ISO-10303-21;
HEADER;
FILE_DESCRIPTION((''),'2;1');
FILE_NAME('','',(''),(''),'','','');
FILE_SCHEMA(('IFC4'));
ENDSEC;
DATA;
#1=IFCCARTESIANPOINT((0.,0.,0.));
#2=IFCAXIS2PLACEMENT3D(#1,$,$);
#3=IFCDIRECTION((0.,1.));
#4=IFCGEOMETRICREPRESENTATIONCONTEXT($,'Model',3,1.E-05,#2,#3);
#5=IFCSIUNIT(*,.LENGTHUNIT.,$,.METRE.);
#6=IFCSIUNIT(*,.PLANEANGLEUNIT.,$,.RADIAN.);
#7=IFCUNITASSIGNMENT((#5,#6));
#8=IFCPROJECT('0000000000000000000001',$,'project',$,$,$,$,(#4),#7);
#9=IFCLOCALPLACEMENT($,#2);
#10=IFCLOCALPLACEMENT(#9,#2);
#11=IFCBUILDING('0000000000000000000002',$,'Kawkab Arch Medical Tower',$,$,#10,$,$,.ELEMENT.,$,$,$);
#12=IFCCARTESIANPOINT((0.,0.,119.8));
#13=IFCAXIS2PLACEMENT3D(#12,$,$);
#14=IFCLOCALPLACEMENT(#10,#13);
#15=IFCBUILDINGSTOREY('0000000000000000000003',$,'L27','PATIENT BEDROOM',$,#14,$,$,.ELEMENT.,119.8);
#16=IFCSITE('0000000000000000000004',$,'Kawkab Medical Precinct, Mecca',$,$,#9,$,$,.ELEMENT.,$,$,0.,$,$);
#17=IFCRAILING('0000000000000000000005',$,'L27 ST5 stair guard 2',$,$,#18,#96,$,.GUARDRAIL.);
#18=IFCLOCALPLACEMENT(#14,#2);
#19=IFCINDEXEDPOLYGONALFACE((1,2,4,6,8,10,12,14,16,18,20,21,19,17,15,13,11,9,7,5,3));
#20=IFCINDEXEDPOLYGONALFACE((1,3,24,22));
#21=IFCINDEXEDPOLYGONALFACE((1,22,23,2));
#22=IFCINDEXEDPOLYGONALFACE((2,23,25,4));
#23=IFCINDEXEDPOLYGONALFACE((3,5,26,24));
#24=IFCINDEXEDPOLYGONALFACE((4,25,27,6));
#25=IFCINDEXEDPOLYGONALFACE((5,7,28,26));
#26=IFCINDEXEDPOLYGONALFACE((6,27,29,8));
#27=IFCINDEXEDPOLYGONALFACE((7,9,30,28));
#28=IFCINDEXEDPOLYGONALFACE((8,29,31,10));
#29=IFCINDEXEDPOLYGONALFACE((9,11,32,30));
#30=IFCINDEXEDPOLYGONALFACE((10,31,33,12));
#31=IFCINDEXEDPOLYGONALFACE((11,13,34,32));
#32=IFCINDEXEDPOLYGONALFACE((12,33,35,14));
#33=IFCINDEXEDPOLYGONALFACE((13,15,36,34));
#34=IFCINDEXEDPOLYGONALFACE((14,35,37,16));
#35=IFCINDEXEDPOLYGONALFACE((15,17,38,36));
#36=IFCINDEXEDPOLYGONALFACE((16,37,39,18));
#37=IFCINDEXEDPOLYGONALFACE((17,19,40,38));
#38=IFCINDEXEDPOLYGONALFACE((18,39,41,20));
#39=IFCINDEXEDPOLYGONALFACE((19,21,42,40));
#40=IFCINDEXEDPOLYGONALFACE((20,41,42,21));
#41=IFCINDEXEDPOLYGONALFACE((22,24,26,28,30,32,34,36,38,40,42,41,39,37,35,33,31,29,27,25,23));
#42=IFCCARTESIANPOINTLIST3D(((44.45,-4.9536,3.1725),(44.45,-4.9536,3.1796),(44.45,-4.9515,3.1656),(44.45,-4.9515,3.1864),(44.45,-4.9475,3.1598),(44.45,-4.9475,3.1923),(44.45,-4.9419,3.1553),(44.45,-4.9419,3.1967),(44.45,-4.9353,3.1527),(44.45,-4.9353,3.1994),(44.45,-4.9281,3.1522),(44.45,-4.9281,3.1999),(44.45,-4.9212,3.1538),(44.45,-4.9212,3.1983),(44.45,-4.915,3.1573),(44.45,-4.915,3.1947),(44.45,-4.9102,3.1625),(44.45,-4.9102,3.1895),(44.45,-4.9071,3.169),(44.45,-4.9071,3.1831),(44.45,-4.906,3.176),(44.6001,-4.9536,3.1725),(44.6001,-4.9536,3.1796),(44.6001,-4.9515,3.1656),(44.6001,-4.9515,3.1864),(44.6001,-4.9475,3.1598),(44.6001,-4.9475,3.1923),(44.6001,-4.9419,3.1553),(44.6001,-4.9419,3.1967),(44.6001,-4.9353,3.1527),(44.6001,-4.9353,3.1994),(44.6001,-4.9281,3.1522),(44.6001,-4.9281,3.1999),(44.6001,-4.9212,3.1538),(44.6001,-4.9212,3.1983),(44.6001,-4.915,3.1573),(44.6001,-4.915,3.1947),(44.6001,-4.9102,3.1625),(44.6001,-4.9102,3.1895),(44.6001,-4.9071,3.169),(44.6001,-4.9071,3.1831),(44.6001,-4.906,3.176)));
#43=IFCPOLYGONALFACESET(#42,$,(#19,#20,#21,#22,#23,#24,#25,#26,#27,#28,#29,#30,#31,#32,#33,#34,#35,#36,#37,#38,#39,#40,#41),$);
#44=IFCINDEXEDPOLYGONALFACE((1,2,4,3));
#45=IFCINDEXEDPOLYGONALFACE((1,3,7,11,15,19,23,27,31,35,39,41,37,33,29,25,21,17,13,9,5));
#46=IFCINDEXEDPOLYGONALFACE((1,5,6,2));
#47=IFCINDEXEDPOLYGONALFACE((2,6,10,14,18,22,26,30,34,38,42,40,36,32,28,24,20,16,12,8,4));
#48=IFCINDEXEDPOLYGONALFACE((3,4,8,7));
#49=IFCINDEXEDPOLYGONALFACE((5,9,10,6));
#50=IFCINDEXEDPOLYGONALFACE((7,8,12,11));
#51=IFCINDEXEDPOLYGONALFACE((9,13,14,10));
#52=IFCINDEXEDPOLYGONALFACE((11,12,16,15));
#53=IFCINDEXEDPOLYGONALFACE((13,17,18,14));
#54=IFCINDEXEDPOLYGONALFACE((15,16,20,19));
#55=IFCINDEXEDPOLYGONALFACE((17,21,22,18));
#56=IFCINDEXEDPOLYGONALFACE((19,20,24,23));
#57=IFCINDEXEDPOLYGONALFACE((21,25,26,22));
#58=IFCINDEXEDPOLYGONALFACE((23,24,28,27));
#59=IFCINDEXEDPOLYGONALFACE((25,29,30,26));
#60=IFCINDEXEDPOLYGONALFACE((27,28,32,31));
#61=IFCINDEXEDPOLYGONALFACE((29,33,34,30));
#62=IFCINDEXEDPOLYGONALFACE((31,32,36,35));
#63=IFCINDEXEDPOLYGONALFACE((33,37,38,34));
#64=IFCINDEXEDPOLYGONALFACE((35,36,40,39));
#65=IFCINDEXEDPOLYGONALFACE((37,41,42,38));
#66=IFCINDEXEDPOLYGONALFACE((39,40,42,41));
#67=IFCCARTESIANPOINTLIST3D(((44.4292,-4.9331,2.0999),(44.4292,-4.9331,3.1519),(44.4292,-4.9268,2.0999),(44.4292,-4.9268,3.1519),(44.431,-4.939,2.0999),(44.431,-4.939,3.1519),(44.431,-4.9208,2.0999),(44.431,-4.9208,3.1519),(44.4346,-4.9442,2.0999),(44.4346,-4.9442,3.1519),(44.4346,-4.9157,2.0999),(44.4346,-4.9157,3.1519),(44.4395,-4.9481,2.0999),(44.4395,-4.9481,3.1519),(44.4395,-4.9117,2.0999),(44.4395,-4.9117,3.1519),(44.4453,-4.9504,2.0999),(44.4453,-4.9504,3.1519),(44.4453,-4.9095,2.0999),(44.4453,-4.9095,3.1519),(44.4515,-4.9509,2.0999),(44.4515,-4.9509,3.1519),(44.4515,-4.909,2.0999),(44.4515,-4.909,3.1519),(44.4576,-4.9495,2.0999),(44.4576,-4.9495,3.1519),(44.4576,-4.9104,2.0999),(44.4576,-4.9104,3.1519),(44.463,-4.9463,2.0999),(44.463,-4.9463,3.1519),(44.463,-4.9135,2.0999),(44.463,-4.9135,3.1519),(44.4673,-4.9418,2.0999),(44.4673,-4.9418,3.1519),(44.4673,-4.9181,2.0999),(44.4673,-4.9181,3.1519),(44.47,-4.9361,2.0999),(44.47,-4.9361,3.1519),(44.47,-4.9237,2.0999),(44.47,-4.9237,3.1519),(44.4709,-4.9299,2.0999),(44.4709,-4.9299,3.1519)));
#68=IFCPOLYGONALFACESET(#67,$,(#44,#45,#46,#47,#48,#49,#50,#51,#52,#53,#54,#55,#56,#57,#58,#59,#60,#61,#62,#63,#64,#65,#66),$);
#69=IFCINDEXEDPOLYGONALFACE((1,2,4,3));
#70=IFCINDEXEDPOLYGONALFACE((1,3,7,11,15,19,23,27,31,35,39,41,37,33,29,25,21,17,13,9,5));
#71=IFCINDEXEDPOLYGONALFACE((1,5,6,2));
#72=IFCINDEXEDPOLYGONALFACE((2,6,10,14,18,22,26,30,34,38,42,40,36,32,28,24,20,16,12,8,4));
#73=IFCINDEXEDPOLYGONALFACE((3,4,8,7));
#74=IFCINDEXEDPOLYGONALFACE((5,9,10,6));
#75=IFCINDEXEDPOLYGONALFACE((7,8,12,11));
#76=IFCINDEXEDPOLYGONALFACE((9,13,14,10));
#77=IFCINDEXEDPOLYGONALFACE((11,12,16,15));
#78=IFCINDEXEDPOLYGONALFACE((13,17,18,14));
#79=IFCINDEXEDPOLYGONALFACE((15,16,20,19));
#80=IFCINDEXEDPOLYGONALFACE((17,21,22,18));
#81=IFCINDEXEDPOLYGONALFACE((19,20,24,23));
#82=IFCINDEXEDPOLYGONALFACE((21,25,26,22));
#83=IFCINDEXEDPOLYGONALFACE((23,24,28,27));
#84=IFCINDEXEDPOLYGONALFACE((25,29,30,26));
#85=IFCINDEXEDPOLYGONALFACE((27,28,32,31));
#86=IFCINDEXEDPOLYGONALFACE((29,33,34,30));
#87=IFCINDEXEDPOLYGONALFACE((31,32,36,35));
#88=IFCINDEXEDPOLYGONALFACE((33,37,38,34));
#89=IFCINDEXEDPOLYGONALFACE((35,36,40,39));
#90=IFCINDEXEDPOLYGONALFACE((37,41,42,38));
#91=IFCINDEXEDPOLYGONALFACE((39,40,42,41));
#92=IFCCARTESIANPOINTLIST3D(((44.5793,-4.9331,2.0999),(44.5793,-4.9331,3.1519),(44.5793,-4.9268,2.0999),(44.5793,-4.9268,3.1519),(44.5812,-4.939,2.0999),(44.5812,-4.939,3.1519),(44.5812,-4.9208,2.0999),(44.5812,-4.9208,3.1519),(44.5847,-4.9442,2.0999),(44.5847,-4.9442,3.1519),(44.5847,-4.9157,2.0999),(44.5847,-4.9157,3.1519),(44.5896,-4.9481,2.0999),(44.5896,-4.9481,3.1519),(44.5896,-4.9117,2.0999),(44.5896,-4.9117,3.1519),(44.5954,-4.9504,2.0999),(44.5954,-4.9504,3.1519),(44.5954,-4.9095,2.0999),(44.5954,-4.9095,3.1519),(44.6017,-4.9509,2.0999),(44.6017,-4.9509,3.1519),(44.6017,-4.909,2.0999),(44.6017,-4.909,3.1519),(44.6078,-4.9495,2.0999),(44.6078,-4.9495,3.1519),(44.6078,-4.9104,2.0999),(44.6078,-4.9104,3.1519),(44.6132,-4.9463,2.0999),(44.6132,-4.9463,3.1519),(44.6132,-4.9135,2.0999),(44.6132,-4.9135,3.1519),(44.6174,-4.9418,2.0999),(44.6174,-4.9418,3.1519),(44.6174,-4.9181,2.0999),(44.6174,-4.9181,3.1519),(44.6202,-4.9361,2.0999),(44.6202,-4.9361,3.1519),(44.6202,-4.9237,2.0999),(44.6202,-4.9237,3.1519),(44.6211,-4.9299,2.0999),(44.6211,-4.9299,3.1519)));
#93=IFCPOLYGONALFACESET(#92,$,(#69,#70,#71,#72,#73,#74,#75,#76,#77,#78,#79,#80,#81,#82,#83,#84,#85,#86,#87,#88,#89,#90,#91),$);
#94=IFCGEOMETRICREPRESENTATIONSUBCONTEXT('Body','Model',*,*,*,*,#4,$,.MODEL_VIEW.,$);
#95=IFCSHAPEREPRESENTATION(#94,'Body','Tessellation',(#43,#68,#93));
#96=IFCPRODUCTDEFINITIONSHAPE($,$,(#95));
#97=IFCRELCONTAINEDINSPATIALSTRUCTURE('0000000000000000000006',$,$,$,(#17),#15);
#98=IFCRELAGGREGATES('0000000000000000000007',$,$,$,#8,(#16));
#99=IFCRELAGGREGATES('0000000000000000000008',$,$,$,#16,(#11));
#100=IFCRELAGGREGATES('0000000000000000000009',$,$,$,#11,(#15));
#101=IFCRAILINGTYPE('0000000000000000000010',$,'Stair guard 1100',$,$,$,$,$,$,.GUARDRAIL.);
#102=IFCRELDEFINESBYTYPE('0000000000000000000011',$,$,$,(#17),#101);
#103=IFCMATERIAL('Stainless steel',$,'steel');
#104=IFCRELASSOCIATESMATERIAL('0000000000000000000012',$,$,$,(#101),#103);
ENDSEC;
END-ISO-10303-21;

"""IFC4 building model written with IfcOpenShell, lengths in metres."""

from ifc_helpers import new_model, si_unit, direction, frame, origin, origin_2d, place, context, subcontext, project, spatial, circle, extrude, material, type_object, element, save


model = new_model("IFC4")

# Units and contexts
model_context = context("Model", 3, precision=1e-05, world=origin(), true_north=direction((0.0, 1.0)))
body_context = subcontext(model_context, "Body", "Model", "MODEL_VIEW")
ifc_project = project(units=[si_unit("LENGTHUNIT", "METRE"), si_unit("PLANEANGLEUNIT", "RADIAN")], contexts=[model_context])

# Site, building, storey
site_placement = place(None, origin())
site = spatial("IfcSite", under=ifc_project, at=site_placement, Name="Kawkab Medical Precinct, Mecca", CompositionType="ELEMENT", RefElevation=0.0)
building_placement = place(site_placement, origin())
building = spatial("IfcBuilding", under=site, at=building_placement, Name="Kawkab Arch Medical Tower", CompositionType="ELEMENT")
storey_placement = place(building_placement, frame((0.0, 0.0, 119.8)))
storey = spatial("IfcBuildingStorey", under=building, at=storey_placement, Name="L27", Description="PATIENT BEDROOM", CompositionType="ELEMENT", Elevation=119.8)

# Railing
ifc_material_1 = material(Name="Stainless steel", Category="steel")
railing_type = type_object("IfcRailingType", Name="Stair guard 1100", PredefinedType="GUARDRAIL", material=ifc_material_1)
railing_1_placement = place(storey_placement, frame((44.45, -4.9299, 2.0999)))
element("IfcRailing", 1, at=railing_1_placement, inside=storey, type_object=railing_type, Name="L27 ST5 stair guard 2", PredefinedType="GUARDRAIL", context=body_context, shape_type="SweptSolid", body=[
    extrude(circle(Radius=0.0239, at=origin_2d()), frame((0.0, 0.0, 1.0762), z_axis=(1.0, 0.0, 0.0), x_axis=(0.0, 1.0, 0.0)), (0.0, 0.0, 1.0), 0.1501),
    extrude(circle(Radius=0.021, at=origin_2d()), origin(), (0.0, 0.0, 1.0), 1.052),
    extrude(circle(Radius=0.021, at=origin_2d()), frame((0.1501, 0.0, 0.0)), (0.0, 0.0, 1.0), 1.052),
])

save(model, "model.ifc")
